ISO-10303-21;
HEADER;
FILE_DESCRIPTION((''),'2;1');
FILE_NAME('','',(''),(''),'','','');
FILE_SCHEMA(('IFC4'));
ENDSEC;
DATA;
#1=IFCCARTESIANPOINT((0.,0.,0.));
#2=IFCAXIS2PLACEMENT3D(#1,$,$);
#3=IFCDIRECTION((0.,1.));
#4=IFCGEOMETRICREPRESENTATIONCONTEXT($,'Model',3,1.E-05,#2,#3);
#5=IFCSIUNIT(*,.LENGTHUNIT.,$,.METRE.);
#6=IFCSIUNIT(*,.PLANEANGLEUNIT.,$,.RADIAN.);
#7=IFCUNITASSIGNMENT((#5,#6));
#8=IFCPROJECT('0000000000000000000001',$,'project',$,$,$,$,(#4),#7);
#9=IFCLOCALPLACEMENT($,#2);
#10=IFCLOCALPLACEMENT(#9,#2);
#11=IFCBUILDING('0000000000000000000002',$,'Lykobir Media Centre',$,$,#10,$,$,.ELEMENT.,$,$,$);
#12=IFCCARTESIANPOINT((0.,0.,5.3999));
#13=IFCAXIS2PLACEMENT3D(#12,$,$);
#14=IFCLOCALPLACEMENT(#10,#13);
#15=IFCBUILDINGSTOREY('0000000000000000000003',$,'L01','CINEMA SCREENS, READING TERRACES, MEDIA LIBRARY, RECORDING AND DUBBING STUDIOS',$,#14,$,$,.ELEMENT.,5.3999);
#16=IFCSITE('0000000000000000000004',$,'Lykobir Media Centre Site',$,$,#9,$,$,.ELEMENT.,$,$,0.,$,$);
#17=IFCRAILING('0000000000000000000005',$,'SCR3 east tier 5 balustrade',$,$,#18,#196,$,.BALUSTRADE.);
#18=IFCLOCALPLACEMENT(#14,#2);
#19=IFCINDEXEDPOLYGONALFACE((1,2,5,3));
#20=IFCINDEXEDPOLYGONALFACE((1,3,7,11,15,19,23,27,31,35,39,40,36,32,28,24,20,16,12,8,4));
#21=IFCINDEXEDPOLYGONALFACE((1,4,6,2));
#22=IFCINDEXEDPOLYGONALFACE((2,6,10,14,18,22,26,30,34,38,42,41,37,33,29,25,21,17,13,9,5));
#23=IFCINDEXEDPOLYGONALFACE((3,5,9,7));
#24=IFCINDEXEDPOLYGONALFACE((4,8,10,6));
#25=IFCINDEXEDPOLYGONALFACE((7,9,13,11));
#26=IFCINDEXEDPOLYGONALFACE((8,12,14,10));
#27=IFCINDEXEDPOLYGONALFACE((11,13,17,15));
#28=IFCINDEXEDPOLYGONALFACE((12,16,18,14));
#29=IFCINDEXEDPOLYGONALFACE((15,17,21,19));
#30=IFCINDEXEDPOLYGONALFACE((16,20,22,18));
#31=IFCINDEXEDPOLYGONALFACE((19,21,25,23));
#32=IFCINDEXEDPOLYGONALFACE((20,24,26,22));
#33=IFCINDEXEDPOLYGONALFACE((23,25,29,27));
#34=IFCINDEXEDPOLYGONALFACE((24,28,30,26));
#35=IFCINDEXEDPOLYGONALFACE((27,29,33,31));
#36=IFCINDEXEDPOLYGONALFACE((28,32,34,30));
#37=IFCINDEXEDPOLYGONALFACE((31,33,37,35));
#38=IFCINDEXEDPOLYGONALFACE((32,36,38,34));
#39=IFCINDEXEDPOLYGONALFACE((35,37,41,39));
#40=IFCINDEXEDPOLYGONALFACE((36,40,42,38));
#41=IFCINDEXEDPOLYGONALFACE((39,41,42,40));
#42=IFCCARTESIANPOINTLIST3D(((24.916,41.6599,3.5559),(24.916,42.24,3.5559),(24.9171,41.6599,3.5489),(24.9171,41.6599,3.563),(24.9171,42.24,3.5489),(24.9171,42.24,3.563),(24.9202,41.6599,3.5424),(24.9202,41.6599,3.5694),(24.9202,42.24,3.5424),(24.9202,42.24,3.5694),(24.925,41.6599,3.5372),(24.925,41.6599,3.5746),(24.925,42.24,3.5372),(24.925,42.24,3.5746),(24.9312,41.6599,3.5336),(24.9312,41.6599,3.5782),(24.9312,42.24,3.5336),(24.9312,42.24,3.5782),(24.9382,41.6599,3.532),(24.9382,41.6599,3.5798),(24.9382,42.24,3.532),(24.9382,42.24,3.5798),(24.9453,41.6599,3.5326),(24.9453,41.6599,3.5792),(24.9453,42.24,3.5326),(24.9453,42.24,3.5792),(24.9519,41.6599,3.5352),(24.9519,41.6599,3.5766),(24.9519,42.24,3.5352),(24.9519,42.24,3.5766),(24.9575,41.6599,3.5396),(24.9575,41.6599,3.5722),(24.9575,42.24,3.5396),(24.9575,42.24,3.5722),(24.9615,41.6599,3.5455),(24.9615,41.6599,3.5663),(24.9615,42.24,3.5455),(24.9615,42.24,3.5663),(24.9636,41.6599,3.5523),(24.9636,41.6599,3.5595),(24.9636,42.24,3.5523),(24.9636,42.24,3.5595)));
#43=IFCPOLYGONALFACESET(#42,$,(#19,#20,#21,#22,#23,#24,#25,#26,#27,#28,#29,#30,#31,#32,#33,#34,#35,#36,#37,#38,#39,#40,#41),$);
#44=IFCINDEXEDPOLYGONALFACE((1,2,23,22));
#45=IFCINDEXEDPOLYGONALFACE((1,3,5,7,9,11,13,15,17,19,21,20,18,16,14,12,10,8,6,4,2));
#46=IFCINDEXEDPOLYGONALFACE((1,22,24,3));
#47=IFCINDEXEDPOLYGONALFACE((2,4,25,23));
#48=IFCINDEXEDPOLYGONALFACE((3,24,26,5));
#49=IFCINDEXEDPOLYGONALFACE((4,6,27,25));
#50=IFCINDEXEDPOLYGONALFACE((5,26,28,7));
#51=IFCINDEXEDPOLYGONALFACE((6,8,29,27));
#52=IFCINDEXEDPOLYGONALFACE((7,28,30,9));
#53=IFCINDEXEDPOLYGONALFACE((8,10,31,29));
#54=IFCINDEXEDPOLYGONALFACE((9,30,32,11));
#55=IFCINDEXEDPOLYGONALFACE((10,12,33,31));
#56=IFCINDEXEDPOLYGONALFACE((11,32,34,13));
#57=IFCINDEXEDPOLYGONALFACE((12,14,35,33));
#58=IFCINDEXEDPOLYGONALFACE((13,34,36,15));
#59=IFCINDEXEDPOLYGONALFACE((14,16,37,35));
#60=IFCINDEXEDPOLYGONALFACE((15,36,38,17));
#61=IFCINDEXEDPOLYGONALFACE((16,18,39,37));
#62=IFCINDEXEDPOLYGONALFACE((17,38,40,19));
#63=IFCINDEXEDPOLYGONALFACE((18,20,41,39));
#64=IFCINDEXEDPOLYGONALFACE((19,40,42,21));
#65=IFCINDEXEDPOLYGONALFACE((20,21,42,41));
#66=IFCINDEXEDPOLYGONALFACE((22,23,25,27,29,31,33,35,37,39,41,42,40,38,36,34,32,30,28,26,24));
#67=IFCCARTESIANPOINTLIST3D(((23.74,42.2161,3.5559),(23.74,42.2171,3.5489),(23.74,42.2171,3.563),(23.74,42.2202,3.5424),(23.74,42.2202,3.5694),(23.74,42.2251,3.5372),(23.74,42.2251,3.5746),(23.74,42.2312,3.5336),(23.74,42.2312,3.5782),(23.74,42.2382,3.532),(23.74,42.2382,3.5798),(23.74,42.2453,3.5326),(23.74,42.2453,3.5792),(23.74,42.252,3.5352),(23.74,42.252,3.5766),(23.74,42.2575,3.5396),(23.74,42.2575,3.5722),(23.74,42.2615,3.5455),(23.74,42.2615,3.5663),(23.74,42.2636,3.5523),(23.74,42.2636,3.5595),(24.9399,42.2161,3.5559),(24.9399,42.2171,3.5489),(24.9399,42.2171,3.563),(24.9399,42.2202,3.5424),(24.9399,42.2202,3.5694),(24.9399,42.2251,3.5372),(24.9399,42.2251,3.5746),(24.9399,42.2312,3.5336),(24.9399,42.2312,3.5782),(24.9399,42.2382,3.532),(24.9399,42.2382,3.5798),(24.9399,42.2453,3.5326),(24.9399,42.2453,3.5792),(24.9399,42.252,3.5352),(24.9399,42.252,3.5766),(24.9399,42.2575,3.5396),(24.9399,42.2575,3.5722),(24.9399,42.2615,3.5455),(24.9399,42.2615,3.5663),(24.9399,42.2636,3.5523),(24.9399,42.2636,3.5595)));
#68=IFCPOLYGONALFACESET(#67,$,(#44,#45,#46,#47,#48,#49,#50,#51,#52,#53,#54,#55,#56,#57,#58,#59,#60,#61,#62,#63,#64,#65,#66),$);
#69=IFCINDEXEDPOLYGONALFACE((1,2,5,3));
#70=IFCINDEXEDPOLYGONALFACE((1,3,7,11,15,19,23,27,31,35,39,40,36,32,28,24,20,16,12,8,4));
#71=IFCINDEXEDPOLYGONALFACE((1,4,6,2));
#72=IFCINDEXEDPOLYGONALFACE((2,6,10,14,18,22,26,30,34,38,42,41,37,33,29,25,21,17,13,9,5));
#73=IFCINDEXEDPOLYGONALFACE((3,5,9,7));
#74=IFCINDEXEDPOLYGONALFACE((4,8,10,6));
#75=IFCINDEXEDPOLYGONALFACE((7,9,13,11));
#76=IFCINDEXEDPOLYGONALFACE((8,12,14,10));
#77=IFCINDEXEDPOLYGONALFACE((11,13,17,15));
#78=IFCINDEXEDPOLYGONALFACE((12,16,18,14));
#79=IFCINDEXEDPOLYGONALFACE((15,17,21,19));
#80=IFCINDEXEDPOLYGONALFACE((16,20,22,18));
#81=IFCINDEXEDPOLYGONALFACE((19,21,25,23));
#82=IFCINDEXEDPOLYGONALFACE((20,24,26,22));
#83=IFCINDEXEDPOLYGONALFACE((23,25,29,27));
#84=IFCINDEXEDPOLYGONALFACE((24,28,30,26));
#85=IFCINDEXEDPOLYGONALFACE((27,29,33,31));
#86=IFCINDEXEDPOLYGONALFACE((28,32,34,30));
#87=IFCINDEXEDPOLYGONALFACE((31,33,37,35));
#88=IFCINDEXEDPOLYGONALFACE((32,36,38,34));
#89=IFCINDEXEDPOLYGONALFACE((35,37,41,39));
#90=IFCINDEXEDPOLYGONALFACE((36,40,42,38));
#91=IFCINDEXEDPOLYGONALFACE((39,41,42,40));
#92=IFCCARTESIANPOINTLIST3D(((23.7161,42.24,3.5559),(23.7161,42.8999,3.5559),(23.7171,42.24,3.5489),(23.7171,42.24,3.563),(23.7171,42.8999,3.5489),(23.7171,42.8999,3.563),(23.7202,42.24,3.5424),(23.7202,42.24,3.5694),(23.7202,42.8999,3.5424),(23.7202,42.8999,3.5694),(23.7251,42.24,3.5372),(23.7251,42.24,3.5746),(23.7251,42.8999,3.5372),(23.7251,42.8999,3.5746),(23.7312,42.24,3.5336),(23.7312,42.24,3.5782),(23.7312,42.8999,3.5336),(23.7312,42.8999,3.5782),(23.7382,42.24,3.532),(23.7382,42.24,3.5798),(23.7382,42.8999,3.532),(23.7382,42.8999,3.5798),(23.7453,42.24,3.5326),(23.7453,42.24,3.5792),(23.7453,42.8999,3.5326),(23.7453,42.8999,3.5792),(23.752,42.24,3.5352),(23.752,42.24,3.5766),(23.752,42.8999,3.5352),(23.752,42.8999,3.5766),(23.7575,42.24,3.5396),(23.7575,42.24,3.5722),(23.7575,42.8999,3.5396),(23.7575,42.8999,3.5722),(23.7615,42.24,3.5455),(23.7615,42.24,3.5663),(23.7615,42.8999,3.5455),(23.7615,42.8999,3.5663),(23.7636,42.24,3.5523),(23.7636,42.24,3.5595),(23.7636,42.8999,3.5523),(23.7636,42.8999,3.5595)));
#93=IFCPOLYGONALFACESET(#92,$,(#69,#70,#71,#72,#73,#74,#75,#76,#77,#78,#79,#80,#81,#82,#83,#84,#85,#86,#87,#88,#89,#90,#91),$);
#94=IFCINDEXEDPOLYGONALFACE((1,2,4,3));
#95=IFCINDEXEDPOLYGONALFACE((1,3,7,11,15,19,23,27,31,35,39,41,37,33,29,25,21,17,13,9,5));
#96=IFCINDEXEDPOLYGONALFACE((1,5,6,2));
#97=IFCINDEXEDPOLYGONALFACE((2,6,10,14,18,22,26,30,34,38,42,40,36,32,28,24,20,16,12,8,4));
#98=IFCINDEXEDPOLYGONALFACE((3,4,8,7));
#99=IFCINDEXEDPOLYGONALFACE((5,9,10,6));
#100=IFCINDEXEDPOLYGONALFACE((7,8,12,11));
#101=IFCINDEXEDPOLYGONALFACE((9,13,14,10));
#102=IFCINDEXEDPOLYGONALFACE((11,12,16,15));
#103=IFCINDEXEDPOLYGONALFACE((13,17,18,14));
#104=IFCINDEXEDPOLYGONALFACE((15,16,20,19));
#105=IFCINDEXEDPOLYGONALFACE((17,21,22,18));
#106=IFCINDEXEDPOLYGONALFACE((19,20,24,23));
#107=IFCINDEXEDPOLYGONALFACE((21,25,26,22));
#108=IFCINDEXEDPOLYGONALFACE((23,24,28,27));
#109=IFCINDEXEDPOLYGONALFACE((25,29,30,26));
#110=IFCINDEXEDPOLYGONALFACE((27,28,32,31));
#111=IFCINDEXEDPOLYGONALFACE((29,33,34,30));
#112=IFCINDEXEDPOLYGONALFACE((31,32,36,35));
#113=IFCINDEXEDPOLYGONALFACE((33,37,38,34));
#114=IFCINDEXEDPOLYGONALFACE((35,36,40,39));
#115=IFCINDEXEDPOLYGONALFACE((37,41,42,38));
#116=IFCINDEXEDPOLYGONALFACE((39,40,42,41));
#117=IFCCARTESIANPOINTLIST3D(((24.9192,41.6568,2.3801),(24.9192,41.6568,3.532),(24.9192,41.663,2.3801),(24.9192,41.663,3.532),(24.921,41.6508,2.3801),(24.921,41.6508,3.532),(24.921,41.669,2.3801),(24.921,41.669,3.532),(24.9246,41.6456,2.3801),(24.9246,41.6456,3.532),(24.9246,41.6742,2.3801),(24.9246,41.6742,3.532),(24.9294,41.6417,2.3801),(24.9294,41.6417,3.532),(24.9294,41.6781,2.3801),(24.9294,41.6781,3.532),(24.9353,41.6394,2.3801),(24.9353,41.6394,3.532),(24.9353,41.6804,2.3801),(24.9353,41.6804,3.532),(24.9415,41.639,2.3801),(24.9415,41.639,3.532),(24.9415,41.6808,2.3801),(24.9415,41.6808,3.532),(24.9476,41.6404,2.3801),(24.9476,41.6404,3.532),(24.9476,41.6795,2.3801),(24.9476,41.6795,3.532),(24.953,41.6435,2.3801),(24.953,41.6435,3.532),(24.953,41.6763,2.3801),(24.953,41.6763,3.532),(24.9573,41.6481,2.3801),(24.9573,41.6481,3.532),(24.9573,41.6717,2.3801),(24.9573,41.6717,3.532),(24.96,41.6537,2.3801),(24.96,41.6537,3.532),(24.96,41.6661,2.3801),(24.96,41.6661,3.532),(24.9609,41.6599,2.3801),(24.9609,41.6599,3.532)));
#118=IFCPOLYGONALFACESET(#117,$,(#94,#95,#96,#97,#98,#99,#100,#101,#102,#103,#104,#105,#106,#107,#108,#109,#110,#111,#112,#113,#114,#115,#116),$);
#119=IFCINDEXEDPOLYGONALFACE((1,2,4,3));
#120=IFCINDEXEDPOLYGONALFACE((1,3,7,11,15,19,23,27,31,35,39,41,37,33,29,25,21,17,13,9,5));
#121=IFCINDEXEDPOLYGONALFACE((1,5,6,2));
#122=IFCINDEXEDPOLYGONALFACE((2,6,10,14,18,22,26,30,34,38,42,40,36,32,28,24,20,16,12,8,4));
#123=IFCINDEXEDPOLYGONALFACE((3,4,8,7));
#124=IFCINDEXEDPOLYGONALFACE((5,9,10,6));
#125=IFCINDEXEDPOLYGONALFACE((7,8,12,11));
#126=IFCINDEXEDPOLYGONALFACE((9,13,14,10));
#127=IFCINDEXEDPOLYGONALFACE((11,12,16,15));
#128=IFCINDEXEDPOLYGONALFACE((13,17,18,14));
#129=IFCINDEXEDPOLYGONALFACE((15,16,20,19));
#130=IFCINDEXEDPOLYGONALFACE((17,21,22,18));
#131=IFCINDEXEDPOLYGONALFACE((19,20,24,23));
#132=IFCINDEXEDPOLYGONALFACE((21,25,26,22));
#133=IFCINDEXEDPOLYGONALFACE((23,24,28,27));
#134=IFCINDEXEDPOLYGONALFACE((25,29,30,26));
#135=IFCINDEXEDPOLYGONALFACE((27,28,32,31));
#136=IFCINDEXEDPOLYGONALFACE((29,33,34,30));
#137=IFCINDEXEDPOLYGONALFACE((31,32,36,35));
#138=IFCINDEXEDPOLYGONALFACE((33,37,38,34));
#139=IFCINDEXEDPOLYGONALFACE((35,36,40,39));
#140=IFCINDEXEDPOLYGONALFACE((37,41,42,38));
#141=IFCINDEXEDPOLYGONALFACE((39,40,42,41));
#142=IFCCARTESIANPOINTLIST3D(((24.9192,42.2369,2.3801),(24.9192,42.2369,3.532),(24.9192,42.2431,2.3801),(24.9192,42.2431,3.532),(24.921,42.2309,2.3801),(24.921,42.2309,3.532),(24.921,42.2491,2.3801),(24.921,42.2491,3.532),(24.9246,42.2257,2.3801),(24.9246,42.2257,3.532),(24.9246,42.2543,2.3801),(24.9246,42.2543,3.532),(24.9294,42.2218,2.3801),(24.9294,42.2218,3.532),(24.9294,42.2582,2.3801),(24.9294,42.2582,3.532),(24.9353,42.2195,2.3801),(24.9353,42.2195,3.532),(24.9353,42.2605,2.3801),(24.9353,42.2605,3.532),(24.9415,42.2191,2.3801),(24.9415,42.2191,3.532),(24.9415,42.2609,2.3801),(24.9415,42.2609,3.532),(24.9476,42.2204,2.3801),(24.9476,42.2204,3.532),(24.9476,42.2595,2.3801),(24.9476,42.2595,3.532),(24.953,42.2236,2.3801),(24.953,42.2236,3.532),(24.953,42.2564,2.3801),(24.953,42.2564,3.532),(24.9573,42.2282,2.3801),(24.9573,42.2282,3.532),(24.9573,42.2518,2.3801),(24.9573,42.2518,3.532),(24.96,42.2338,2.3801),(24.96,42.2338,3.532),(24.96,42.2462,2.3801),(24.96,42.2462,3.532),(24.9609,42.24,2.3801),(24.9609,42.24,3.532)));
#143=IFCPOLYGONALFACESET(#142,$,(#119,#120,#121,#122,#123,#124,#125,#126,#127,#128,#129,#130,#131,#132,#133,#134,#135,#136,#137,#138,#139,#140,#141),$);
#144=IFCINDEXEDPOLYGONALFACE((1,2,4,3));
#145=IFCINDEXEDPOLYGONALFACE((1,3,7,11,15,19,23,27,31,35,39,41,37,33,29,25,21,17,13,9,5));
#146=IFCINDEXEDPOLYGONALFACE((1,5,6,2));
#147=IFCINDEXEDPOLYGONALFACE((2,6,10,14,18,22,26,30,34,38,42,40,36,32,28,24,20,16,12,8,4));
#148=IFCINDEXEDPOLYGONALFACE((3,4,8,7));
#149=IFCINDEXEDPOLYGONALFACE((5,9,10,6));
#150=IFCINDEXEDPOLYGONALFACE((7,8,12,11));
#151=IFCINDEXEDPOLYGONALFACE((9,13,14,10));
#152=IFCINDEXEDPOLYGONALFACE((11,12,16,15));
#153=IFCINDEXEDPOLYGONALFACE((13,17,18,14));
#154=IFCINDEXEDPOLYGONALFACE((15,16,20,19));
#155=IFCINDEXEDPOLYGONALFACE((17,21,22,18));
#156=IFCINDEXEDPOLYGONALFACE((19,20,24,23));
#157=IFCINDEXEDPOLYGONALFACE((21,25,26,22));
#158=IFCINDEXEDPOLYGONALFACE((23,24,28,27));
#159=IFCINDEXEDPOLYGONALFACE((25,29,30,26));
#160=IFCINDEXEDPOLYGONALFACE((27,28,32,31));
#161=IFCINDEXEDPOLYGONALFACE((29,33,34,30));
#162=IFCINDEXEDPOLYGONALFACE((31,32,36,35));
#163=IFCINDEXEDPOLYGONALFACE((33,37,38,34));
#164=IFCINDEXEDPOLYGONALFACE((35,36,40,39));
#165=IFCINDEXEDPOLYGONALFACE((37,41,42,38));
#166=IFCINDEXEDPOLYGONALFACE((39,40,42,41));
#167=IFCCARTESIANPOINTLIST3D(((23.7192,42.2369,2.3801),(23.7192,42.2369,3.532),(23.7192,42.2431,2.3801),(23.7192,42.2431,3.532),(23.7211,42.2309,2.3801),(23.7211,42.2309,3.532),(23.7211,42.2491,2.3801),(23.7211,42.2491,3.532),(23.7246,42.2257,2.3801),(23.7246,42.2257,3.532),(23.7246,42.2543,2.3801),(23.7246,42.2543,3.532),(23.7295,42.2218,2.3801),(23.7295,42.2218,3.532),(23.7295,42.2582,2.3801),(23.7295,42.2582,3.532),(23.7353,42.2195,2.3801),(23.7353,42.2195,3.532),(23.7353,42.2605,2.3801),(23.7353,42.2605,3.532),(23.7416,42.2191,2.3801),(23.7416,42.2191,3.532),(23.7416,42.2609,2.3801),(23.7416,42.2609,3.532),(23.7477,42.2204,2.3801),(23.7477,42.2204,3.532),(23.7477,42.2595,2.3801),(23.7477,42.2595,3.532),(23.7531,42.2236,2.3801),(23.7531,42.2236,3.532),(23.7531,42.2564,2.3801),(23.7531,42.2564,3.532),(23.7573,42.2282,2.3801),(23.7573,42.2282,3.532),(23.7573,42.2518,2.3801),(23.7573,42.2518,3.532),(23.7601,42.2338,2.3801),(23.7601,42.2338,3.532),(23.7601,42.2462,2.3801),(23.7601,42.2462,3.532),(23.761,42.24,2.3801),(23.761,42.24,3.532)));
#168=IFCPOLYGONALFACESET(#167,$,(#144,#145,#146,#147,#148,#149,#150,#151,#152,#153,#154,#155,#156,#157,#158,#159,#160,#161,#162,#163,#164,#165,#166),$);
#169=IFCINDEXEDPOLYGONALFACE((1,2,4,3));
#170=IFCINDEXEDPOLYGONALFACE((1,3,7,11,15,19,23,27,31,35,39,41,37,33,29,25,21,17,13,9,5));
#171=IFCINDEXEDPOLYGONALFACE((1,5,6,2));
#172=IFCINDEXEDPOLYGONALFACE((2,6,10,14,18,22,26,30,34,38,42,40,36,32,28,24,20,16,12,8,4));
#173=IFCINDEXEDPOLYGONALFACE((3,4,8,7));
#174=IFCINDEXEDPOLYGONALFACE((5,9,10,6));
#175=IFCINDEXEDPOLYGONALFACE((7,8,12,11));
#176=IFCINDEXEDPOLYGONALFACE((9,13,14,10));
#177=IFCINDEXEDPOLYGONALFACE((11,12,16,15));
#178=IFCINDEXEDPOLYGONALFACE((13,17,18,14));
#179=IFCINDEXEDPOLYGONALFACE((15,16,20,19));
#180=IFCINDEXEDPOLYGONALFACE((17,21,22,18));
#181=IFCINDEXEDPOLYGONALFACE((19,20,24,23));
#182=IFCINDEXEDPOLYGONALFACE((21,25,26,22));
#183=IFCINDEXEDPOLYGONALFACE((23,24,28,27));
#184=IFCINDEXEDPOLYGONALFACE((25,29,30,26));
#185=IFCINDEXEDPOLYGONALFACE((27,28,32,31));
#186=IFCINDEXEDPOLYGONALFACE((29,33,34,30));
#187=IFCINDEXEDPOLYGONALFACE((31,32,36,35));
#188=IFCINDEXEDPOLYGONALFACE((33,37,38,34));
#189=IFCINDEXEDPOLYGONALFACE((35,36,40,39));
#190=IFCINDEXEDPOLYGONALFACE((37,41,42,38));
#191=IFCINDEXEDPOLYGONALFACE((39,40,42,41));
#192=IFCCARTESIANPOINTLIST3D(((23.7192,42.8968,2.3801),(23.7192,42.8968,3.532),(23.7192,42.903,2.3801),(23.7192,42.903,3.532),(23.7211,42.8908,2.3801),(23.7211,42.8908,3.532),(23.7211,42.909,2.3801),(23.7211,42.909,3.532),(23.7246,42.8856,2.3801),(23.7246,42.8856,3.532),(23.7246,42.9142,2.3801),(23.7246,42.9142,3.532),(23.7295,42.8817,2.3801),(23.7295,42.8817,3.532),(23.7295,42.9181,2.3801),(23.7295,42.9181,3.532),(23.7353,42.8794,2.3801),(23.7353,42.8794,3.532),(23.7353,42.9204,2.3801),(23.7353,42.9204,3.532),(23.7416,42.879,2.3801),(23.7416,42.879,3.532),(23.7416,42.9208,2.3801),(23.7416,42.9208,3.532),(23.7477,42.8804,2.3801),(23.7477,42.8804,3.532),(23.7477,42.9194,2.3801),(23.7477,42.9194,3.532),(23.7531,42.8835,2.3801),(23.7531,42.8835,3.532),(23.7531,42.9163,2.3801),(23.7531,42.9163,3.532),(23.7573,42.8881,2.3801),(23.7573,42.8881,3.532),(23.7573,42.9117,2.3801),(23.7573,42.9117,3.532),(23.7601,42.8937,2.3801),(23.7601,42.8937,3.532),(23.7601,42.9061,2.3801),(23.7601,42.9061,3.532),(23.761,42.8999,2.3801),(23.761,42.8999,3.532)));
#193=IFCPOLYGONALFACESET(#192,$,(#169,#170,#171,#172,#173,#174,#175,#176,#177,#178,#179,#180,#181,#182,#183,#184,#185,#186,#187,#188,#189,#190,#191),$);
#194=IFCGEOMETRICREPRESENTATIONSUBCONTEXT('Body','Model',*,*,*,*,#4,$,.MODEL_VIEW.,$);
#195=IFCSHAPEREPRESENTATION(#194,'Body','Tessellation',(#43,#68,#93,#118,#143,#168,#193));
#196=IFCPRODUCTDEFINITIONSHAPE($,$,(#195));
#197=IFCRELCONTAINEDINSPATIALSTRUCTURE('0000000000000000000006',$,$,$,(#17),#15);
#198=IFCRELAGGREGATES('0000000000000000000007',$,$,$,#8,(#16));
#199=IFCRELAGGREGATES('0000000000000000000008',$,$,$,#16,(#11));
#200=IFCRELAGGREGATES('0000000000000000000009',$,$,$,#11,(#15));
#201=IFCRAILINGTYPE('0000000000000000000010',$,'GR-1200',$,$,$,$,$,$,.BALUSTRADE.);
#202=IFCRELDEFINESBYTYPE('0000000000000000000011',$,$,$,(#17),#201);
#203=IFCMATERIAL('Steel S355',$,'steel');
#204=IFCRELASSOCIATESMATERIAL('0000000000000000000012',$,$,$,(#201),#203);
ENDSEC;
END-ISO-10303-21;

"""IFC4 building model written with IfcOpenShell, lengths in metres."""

from ifc_helpers import new_model, si_unit, direction, frame, origin, origin_2d, place, context, subcontext, project, spatial, circle, extrude, material, type_object, element, save


model = new_model("IFC4")

# Units and contexts
model_context = context("Model", 3, precision=1e-05, world=origin(), true_north=direction((0.0, 1.0)))
body_context = subcontext(model_context, "Body", "Model", "MODEL_VIEW")
ifc_project = project(units=[si_unit("LENGTHUNIT", "METRE"), si_unit("PLANEANGLEUNIT", "RADIAN")], contexts=[model_context])

# Site, building, storey
site_placement = place(None, origin())
site = spatial("IfcSite", under=ifc_project, at=site_placement, Name="Lykobir Media Centre Site", CompositionType="ELEMENT", RefElevation=0.0)
building_placement = place(site_placement, origin())
building = spatial("IfcBuilding", under=site, at=building_placement, Name="Lykobir Media Centre", CompositionType="ELEMENT")
storey_placement = place(building_placement, frame((0.0, 0.0, 5.3999)))
storey = spatial("IfcBuildingStorey", under=building, at=storey_placement, Name="L01", Description="CINEMA SCREENS, READING TERRACES, MEDIA LIBRARY, RECORDING AND DUBBING STUDIOS", CompositionType="ELEMENT", Elevation=5.3999)

# Shared definitions
ifc_material = material(Name="Steel S355", Category="steel")

# Railing
railing_type = type_object("IfcRailingType", Name="GR-1200", PredefinedType="BALUSTRADE", material=ifc_material)
for number, where, name in (
    (1, (24.9399, 41.6599, 2.3801), "SCR3 east tier 5 balustrade"),
):
    element("IfcRailing", number, at=place(storey_placement, frame(where)), inside=storey, type_object=railing_type, Name=name, PredefinedType="BALUSTRADE", context=body_context, shape_type="SweptSolid", body=[
        extrude(circle(Radius=0.0239, at=origin_2d()), frame((0.0, 0.0, 1.1758), z_axis=(0.0, 1.0, 0.0), x_axis=(-1.0, 0.0, 0.0)), (0.0, 0.0, 1.0), 0.5801),
        extrude(circle(Radius=0.0239, at=origin_2d()), frame((0.0, 0.5801, 1.1758), z_axis=(-1.0, 0.0, 0.0), x_axis=(0.0, -1.0, 0.0)), (0.0, 0.0, 1.0), 1.2),
        extrude(circle(Radius=0.0239, at=origin_2d()), frame((-1.2, 0.5801, 1.1758), z_axis=(0.0, 1.0, 0.0), x_axis=(-1.0, 0.0, 0.0)), (0.0, 0.0, 1.0), 0.6599),
        extrude(circle(Radius=0.021, at=origin_2d()), origin(), (0.0, 0.0, 1.0), 1.1519),
        extrude(circle(Radius=0.021, at=origin_2d()), frame((0.0, 0.5801, 0.0)), (0.0, 0.0, 1.0), 1.1519),
        extrude(circle(Radius=0.021, at=origin_2d()), frame((-1.2, 0.5801, 0.0)), (0.0, 0.0, 1.0), 1.1519),
        extrude(circle(Radius=0.021, at=origin_2d()), frame((-1.2, 1.24, 0.0)), (0.0, 0.0, 1.0), 1.1519),
    ])

save(model, "model.ifc")
